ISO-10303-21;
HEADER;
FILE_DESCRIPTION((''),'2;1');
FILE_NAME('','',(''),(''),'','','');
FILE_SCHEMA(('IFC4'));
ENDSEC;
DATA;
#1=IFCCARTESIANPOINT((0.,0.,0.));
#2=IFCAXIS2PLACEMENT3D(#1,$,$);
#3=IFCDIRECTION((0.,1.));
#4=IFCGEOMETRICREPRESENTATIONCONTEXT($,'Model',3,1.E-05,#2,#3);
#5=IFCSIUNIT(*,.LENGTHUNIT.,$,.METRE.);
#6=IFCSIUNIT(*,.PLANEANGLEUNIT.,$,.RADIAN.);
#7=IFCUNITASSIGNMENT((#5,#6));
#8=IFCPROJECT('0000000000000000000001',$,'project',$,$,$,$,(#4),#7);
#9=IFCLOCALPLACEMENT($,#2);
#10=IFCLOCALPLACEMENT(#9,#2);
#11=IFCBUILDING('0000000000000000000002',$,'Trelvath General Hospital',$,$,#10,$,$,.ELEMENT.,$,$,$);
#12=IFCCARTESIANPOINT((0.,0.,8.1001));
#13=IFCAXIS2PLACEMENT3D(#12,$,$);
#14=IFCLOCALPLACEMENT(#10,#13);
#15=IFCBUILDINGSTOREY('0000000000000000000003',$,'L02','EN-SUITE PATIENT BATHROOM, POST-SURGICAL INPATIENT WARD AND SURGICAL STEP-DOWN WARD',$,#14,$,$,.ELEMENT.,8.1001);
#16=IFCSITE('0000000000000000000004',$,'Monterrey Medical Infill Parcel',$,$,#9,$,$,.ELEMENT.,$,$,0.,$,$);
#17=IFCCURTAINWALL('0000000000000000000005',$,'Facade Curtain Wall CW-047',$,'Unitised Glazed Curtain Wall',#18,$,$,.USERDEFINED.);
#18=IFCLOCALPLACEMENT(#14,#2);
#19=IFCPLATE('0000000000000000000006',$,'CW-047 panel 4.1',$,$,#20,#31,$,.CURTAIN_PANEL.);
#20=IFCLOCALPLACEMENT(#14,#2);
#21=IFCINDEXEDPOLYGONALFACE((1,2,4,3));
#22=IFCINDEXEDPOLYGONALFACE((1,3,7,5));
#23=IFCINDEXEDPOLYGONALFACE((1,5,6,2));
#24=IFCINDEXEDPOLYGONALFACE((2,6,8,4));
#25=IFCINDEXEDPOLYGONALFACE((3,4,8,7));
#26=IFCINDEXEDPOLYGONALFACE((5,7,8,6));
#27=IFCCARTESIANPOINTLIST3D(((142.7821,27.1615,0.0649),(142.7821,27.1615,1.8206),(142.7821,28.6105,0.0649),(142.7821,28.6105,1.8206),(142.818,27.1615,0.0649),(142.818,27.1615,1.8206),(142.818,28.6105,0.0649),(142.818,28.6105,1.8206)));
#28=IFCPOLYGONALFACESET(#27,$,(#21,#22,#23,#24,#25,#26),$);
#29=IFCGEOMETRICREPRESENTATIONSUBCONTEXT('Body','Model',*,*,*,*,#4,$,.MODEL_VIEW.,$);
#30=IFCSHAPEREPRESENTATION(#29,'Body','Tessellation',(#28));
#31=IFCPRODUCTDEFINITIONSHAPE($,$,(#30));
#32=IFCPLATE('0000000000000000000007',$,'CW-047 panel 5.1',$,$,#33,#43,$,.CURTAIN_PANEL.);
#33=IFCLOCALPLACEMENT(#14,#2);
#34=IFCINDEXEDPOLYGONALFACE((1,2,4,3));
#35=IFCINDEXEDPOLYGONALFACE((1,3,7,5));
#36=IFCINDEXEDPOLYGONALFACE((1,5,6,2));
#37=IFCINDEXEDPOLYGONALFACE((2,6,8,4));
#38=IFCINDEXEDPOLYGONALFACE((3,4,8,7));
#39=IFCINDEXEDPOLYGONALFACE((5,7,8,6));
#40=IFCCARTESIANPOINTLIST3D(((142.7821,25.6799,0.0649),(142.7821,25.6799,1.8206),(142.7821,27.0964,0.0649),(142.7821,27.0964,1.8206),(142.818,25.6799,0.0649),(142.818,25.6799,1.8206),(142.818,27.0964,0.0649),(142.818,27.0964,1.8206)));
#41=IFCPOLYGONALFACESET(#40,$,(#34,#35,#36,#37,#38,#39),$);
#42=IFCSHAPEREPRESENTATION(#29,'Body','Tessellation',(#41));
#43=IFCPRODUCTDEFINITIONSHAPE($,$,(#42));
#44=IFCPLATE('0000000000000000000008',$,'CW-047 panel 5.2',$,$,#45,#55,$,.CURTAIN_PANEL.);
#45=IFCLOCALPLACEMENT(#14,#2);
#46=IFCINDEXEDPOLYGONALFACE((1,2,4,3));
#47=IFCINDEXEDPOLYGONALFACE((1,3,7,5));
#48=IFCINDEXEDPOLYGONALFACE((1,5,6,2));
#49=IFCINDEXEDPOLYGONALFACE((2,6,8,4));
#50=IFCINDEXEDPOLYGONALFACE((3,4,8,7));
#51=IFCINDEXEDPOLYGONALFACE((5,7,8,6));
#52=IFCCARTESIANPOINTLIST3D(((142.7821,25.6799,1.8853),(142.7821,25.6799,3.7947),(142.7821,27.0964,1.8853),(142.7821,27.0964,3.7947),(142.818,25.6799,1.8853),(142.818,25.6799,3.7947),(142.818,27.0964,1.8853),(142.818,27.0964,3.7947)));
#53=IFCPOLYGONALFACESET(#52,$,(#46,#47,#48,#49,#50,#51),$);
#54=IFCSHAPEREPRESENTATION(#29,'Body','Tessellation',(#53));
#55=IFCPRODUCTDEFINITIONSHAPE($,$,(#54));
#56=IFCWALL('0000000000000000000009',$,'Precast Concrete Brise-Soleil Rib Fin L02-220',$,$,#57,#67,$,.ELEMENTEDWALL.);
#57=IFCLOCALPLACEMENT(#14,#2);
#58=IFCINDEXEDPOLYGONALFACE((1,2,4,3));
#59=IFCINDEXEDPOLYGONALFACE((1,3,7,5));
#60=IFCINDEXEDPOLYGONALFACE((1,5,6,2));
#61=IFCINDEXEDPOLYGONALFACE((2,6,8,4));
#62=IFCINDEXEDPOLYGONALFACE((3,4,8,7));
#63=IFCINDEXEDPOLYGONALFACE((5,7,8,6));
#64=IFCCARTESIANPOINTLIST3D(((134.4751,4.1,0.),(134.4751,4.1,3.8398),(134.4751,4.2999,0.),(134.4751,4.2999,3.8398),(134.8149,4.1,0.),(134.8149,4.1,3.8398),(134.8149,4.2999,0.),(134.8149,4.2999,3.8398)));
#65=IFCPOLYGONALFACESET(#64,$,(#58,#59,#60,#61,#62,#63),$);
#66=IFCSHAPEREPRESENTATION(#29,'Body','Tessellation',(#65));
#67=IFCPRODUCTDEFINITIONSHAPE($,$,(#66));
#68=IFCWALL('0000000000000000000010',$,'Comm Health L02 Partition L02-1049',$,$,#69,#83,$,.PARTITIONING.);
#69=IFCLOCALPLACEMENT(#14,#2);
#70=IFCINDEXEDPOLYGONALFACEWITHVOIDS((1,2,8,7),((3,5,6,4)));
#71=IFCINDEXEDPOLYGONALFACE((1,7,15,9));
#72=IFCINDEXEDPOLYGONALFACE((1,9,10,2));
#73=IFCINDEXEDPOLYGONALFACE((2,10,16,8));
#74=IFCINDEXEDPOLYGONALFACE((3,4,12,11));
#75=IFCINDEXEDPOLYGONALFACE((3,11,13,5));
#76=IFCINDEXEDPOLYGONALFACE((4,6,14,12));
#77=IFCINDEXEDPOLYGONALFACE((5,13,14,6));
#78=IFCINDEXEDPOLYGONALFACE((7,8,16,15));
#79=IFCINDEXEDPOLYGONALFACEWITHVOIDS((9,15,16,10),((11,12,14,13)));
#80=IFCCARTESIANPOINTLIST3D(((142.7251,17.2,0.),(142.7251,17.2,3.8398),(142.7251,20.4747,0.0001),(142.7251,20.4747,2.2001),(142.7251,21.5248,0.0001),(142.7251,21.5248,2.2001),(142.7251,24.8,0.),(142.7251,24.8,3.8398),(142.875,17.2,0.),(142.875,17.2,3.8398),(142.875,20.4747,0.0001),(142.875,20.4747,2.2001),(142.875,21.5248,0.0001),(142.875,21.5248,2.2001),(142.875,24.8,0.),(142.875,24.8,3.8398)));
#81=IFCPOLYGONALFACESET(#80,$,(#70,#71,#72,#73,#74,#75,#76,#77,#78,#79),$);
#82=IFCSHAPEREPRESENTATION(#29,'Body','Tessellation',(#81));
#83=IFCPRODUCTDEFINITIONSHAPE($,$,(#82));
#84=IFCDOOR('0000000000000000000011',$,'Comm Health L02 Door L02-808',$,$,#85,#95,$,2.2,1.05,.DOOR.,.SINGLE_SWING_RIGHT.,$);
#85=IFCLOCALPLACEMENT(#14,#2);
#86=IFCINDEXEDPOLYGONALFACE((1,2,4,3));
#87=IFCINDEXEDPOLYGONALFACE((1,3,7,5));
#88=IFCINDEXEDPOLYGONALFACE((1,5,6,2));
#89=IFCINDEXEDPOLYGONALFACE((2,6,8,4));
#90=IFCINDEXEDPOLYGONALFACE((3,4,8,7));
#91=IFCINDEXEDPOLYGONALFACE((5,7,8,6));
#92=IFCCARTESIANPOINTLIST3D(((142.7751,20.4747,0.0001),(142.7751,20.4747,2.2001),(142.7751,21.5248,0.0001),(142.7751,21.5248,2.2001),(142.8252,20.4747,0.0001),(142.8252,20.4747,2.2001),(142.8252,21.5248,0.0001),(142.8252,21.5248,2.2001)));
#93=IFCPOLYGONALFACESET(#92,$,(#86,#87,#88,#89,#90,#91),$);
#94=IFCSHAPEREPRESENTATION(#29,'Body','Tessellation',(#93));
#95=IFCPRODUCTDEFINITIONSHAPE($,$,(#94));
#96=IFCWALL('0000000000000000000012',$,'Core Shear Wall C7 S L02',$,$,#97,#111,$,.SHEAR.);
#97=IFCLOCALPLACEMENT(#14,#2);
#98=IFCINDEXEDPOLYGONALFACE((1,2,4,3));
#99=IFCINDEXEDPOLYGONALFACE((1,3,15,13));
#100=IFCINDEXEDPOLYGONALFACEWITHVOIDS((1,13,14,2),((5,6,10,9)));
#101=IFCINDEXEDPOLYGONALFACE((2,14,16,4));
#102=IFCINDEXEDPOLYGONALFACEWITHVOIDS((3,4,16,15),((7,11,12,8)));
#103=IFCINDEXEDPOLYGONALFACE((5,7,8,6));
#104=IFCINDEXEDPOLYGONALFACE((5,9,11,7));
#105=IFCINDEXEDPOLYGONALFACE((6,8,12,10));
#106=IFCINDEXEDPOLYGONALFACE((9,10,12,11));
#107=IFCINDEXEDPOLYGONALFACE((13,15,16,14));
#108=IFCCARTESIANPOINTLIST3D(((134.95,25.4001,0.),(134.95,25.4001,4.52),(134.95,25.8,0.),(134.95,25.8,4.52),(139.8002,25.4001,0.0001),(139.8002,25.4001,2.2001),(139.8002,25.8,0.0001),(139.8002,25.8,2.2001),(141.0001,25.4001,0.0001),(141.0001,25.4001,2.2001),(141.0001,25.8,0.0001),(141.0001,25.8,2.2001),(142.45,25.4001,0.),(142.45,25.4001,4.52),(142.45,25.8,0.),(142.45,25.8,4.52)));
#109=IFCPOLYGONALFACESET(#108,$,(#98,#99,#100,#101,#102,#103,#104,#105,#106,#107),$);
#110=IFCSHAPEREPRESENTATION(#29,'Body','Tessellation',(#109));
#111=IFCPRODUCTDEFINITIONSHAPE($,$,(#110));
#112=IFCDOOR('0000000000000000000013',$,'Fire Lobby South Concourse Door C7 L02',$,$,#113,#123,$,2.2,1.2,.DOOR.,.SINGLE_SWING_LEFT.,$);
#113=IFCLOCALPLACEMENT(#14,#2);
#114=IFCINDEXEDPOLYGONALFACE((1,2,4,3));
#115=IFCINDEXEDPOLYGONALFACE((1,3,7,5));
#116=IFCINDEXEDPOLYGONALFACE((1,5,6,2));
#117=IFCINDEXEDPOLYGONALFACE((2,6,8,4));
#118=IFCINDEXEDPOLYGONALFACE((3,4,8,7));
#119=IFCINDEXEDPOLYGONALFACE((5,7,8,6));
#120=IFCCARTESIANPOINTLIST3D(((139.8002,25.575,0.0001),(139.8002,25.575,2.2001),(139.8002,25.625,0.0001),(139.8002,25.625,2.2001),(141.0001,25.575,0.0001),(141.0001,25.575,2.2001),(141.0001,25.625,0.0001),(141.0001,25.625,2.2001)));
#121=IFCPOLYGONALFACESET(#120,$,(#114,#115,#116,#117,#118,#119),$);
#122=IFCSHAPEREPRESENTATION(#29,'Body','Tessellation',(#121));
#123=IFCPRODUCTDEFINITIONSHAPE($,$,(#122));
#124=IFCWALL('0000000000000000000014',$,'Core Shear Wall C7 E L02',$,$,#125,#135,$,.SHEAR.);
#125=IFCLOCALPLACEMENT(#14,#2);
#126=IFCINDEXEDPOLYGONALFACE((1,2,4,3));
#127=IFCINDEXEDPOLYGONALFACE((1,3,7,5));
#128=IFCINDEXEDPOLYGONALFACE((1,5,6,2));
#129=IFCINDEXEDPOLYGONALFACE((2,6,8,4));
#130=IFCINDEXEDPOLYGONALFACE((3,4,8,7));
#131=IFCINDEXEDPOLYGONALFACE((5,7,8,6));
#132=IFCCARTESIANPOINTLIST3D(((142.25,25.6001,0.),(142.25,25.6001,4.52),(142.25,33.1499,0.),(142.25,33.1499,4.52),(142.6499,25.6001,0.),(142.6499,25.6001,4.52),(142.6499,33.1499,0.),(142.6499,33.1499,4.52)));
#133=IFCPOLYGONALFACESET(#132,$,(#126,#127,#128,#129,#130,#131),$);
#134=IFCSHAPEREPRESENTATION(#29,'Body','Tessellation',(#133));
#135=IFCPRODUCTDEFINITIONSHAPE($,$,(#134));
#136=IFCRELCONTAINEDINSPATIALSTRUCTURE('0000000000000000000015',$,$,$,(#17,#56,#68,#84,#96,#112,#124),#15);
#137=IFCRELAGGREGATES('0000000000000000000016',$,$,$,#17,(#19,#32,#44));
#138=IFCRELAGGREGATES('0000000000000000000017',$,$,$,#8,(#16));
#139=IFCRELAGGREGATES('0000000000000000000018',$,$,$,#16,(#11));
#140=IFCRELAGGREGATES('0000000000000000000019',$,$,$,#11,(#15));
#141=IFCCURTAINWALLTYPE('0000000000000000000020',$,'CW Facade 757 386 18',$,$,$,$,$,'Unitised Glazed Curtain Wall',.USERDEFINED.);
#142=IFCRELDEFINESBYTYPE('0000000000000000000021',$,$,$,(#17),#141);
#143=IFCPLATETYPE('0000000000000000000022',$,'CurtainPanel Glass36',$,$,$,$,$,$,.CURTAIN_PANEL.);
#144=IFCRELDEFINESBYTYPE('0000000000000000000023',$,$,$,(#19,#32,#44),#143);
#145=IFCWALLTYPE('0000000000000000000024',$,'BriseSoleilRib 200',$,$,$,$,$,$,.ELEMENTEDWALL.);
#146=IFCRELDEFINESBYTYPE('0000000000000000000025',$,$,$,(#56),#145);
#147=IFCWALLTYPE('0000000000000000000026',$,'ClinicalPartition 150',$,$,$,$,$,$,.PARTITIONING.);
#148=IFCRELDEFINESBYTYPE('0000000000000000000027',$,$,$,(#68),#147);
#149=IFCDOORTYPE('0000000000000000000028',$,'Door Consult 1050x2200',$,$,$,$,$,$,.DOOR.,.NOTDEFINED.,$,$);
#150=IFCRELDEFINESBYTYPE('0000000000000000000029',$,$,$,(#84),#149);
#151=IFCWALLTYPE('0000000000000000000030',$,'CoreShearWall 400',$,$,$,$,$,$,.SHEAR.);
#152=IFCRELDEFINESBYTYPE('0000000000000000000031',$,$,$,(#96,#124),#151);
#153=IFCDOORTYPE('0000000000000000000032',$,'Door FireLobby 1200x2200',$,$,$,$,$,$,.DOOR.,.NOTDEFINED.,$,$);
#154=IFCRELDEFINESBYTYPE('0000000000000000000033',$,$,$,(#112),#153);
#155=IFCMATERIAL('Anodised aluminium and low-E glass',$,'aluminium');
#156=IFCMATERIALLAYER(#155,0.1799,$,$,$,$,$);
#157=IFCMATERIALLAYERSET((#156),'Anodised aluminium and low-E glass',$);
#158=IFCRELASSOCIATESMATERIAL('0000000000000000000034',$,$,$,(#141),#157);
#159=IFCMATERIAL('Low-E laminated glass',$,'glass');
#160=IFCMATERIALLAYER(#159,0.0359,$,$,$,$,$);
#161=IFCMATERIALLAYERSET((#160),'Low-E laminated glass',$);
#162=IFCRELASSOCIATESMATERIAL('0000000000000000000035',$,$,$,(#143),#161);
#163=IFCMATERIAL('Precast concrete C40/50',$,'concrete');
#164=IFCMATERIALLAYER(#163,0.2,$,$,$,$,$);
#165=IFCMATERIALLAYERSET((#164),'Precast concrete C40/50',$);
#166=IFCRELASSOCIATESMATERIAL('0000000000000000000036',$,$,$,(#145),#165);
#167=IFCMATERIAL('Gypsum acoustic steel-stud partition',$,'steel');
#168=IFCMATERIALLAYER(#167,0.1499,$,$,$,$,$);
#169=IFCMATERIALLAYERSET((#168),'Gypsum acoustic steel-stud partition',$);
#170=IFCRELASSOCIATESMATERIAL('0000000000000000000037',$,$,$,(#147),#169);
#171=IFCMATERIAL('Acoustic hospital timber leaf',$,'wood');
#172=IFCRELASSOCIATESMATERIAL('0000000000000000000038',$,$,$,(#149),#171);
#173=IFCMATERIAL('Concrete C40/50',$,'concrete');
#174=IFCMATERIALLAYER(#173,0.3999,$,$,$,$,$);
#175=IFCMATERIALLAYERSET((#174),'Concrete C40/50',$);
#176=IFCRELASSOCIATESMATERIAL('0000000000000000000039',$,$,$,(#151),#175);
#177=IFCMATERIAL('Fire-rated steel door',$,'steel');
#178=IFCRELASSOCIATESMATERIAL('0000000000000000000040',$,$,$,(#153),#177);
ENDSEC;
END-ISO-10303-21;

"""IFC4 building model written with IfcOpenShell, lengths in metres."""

from ifc_helpers import new_model, si_unit, direction, frame, frame_2d, origin, origin_2d, place, context, subcontext, project, spatial, rectangle, extrude, material, layer, layer_set, type_object, element, fill, aggregate, save


model = new_model("IFC4")

# Units and contexts
model_context = context("Model", 3, precision=1e-05, world=origin(), true_north=direction((0.0, 1.0)))
body_context = subcontext(model_context, "Body", "Model", "MODEL_VIEW")
ifc_project = project(units=[si_unit("LENGTHUNIT", "METRE"), si_unit("PLANEANGLEUNIT", "RADIAN")], contexts=[model_context])

# Site, building, storey
site_placement = place(None, origin())
site = spatial("IfcSite", under=ifc_project, at=site_placement, Name="Monterrey Medical Infill Parcel", CompositionType="ELEMENT", RefElevation=0.0)
building_placement = place(site_placement, origin())
building = spatial("IfcBuilding", under=site, at=building_placement, Name="Trelvath General Hospital", CompositionType="ELEMENT")
storey_placement = place(building_placement, frame((0.0, 0.0, 8.1001)))
storey = spatial("IfcBuildingStorey", under=building, at=storey_placement, Name="L02", Description="EN-SUITE PATIENT BATHROOM, POST-SURGICAL INPATIENT WARD AND SURGICAL STEP-DOWN WARD", CompositionType="ELEMENT", Elevation=8.1001)

# Curtain wall
ifc_material_1 = material(Name="Anodised aluminium and low-E glass", Category="aluminium")
ifc_layer_1 = layer(ifc_material_1, 0.1799)
ifc_layer_set_1 = layer_set([ifc_layer_1], Name="Anodised aluminium and low-E glass")
curtain_wall_type = type_object("IfcCurtainWallType", Name="CW Facade 757 386 18", ElementType="Unitised Glazed Curtain Wall", PredefinedType="USERDEFINED", material=ifc_layer_set_1)
curtain_wall_placement = place(storey_placement, origin())
curtain_wall = element("IfcCurtainWall", 1, at=curtain_wall_placement, inside=storey, type_object=curtain_wall_type, Name="Facade Curtain Wall CW-047", ObjectType="Unitised Glazed Curtain Wall", PredefinedType="USERDEFINED")

# Plates
ifc_material_2 = material(Name="Low-E laminated glass", Category="glass")
ifc_layer_2 = layer(ifc_material_2, 0.0359)
ifc_layer_set_2 = layer_set([ifc_layer_2], Name="Low-E laminated glass")
plate_type = type_object("IfcPlateType", Name="CurtainPanel Glass36", PredefinedType="CURTAIN_PANEL", material=ifc_layer_set_2)
plate_1_placement = place(storey_placement, frame((142.8, 27.886, 0.0649), z_axis=(0.0, 0.0, 1.0), x_axis=(0.0, -1.0, 0.0)))
plate_1 = element("IfcPlate", 2, at=plate_1_placement, type_object=plate_type, Name="CW-047 panel 4.1", PredefinedType="CURTAIN_PANEL", context=body_context, shape_type="SweptSolid", body=[
    extrude(rectangle(XDim=1.449, YDim=0.0359, at=origin_2d()), origin(), (0.0, 0.0, 1.0), 1.7556),
])
plate_2_placement = place(storey_placement, frame((142.8, 26.3882, 0.0649), z_axis=(0.0, 0.0, 1.0), x_axis=(0.0, -1.0, 0.0)))
plate_2 = element("IfcPlate", 3, at=plate_2_placement, type_object=plate_type, Name="CW-047 panel 5.1", PredefinedType="CURTAIN_PANEL", context=body_context, shape_type="SweptSolid", body=[
    extrude(rectangle(XDim=1.4165, YDim=0.0359, at=origin_2d()), origin(), (0.0, 0.0, 1.0), 1.7556),
])
plate_3_placement = place(storey_placement, frame((142.8, 26.3882, 1.8853), z_axis=(0.0, 0.0, 1.0), x_axis=(0.0, -1.0, 0.0)))
plate_3 = element("IfcPlate", 4, at=plate_3_placement, type_object=plate_type, Name="CW-047 panel 5.2", PredefinedType="CURTAIN_PANEL", context=body_context, shape_type="SweptSolid", body=[
    extrude(rectangle(XDim=1.4165, YDim=0.0359, at=origin_2d()), origin(), (0.0, 0.0, 1.0), 1.9094),
])
aggregate(curtain_wall, [plate_1, plate_2, plate_3])

# Wall
ifc_material_3 = material(Name="Precast concrete C40/50", Category="concrete")
ifc_layer_3 = layer(ifc_material_3, 0.2)
ifc_layer_set_3 = layer_set([ifc_layer_3], Name="Precast concrete C40/50")
wall_type_1 = type_object("IfcWallType", Name="BriseSoleilRib 200", PredefinedType="ELEMENTEDWALL", material=ifc_layer_set_3)
wall_1_placement = place(storey_placement, frame((134.4751, 4.2, 0.0), z_axis=(0.0, 0.0, 1.0), x_axis=(1.0, 0.0, 0.0)))
element("IfcWall", 5, at=wall_1_placement, inside=storey, type_object=wall_type_1, Name="Precast Concrete Brise-Soleil Rib Fin L02-220", PredefinedType="ELEMENTEDWALL", context=body_context, shape_type="SweptSolid", body=[
    extrude(rectangle(XDim=0.3398, YDim=0.2, at=frame_2d((0.1699, 0.0))), origin(), (0.0, 0.0, 1.0), 3.8398),
])

# Walls, openings, doors
ifc_material_4 = material(Name="Gypsum acoustic steel-stud partition", Category="steel")
ifc_layer_4 = layer(ifc_material_4, 0.1499)
ifc_layer_set_4 = layer_set([ifc_layer_4], Name="Gypsum acoustic steel-stud partition")
wall_type_2 = type_object("IfcWallType", Name="ClinicalPartition 150", PredefinedType="PARTITIONING", material=ifc_layer_set_4)
wall_2_placement = place(storey_placement, frame((142.8, 17.2, 0.0), z_axis=(0.0, 0.0, 1.0), x_axis=(0.0, 1.0, 0.0)))
wall_2 = element("IfcWall", 6, at=wall_2_placement, inside=storey, type_object=wall_type_2, Name="Comm Health L02 Partition L02-1049", PredefinedType="PARTITIONING", context=body_context, shape_type="SweptSolid", body=[
    extrude(rectangle(XDim=7.6001, YDim=0.1499, at=frame_2d((3.8, 0.0))), origin(), (0.0, 0.0, 1.0), 3.8398),
])
opening_1_placement = place(wall_2_placement, frame((3.2749, 0.0, 0.0)))
opening_1 = element("IfcOpeningElement", 7, at=opening_1_placement, cuts=wall_2, PredefinedType="OPENING", context=body_context, shape_type="SweptSolid", body=[
    extrude(rectangle(XDim=1.05, YDim=2.2, at=frame_2d((0.5249, 1.1001))), frame((0.0, 0.085, 0.0), z_axis=(0.0, -1.0, 0.0), x_axis=(1.0, 0.0, 0.0)), (0.0, 0.0, 1.0), 0.1699),
])
ifc_material_5 = material(Name="Acoustic hospital timber leaf", Category="wood")
door_type_1 = type_object("IfcDoorType", Name="Door Consult 1050x2200", OperationType="NOTDEFINED", PredefinedType="DOOR", material=ifc_material_5)
door_1_placement = place(opening_1_placement, origin())
door_1 = element("IfcDoor", 8, at=door_1_placement, inside=storey, type_object=door_type_1, Name="Comm Health L02 Door L02-808", OperationType="SINGLE_SWING_RIGHT", OverallHeight=2.2, OverallWidth=1.05, PredefinedType="DOOR", context=body_context, shape_type="SweptSolid", body=[
    extrude(rectangle(XDim=1.05, YDim=2.2, at=frame_2d((0.5249, 1.1001))), frame((0.0, 0.0249, 0.0), z_axis=(0.0, -1.0, 0.0), x_axis=(1.0, 0.0, 0.0)), (0.0, 0.0, 1.0), 0.05),
])
fill(opening_1, door_1)
ifc_material_6 = material(Name="Concrete C40/50", Category="concrete")
ifc_layer_5 = layer(ifc_material_6, 0.3999)
ifc_layer_set_5 = layer_set([ifc_layer_5], Name="Concrete C40/50")
wall_type_3 = type_object("IfcWallType", Name="CoreShearWall 400", PredefinedType="SHEAR", material=ifc_layer_set_5)
wall_3_placement = place(storey_placement, frame((134.95, 25.6001, 0.0), z_axis=(0.0, 0.0, 1.0), x_axis=(1.0, 0.0, 0.0)))
wall_3 = element("IfcWall", 9, at=wall_3_placement, inside=storey, type_object=wall_type_3, Name="Core Shear Wall C7 S L02", PredefinedType="SHEAR", context=body_context, shape_type="SweptSolid", body=[
    extrude(rectangle(XDim=7.5, YDim=0.3999, at=frame_2d((3.75, 0.0))), origin(), (0.0, 0.0, 1.0), 4.52),
])
opening_2_placement = place(wall_3_placement, frame((4.8501, 0.0, 0.0)))
opening_2 = element("IfcOpeningElement", 10, at=opening_2_placement, cuts=wall_3, PredefinedType="OPENING", context=body_context, shape_type="SweptSolid", body=[
    extrude(rectangle(XDim=1.2, YDim=2.2, at=frame_2d((0.6001, 1.1001))), frame((0.0, 0.21, 0.0), z_axis=(0.0, -1.0, 0.0), x_axis=(1.0, 0.0, 0.0)), (0.0, 0.0, 1.0), 0.4199),
])
ifc_material_7 = material(Name="Fire-rated steel door", Category="steel")
door_type_2 = type_object("IfcDoorType", Name="Door FireLobby 1200x2200", OperationType="NOTDEFINED", PredefinedType="DOOR", material=ifc_material_7)
door_2_placement = place(opening_2_placement, origin())
door_2 = element("IfcDoor", 11, at=door_2_placement, inside=storey, type_object=door_type_2, Name="Fire Lobby South Concourse Door C7 L02", OperationType="SINGLE_SWING_LEFT", OverallHeight=2.2, OverallWidth=1.2, PredefinedType="DOOR", context=body_context, shape_type="SweptSolid", body=[
    extrude(rectangle(XDim=1.2, YDim=2.2, at=frame_2d((0.6001, 1.1001))), frame((0.0, 0.0249, 0.0), z_axis=(0.0, -1.0, 0.0), x_axis=(1.0, 0.0, 0.0)), (0.0, 0.0, 1.0), 0.05),
])
fill(opening_2, door_2)

# Wall
wall_4_placement = place(storey_placement, frame((142.45, 25.6001, 0.0), z_axis=(0.0, 0.0, 1.0), x_axis=(0.0, 1.0, 0.0)))
element("IfcWall", 12, at=wall_4_placement, inside=storey, type_object=wall_type_3, Name="Core Shear Wall C7 E L02", PredefinedType="SHEAR", context=body_context, shape_type="SweptSolid", body=[
    extrude(rectangle(XDim=7.5498, YDim=0.3999, at=frame_2d((3.7749, 0.0))), origin(), (0.0, 0.0, 1.0), 4.52),
])

save(model, "model.ifc")
